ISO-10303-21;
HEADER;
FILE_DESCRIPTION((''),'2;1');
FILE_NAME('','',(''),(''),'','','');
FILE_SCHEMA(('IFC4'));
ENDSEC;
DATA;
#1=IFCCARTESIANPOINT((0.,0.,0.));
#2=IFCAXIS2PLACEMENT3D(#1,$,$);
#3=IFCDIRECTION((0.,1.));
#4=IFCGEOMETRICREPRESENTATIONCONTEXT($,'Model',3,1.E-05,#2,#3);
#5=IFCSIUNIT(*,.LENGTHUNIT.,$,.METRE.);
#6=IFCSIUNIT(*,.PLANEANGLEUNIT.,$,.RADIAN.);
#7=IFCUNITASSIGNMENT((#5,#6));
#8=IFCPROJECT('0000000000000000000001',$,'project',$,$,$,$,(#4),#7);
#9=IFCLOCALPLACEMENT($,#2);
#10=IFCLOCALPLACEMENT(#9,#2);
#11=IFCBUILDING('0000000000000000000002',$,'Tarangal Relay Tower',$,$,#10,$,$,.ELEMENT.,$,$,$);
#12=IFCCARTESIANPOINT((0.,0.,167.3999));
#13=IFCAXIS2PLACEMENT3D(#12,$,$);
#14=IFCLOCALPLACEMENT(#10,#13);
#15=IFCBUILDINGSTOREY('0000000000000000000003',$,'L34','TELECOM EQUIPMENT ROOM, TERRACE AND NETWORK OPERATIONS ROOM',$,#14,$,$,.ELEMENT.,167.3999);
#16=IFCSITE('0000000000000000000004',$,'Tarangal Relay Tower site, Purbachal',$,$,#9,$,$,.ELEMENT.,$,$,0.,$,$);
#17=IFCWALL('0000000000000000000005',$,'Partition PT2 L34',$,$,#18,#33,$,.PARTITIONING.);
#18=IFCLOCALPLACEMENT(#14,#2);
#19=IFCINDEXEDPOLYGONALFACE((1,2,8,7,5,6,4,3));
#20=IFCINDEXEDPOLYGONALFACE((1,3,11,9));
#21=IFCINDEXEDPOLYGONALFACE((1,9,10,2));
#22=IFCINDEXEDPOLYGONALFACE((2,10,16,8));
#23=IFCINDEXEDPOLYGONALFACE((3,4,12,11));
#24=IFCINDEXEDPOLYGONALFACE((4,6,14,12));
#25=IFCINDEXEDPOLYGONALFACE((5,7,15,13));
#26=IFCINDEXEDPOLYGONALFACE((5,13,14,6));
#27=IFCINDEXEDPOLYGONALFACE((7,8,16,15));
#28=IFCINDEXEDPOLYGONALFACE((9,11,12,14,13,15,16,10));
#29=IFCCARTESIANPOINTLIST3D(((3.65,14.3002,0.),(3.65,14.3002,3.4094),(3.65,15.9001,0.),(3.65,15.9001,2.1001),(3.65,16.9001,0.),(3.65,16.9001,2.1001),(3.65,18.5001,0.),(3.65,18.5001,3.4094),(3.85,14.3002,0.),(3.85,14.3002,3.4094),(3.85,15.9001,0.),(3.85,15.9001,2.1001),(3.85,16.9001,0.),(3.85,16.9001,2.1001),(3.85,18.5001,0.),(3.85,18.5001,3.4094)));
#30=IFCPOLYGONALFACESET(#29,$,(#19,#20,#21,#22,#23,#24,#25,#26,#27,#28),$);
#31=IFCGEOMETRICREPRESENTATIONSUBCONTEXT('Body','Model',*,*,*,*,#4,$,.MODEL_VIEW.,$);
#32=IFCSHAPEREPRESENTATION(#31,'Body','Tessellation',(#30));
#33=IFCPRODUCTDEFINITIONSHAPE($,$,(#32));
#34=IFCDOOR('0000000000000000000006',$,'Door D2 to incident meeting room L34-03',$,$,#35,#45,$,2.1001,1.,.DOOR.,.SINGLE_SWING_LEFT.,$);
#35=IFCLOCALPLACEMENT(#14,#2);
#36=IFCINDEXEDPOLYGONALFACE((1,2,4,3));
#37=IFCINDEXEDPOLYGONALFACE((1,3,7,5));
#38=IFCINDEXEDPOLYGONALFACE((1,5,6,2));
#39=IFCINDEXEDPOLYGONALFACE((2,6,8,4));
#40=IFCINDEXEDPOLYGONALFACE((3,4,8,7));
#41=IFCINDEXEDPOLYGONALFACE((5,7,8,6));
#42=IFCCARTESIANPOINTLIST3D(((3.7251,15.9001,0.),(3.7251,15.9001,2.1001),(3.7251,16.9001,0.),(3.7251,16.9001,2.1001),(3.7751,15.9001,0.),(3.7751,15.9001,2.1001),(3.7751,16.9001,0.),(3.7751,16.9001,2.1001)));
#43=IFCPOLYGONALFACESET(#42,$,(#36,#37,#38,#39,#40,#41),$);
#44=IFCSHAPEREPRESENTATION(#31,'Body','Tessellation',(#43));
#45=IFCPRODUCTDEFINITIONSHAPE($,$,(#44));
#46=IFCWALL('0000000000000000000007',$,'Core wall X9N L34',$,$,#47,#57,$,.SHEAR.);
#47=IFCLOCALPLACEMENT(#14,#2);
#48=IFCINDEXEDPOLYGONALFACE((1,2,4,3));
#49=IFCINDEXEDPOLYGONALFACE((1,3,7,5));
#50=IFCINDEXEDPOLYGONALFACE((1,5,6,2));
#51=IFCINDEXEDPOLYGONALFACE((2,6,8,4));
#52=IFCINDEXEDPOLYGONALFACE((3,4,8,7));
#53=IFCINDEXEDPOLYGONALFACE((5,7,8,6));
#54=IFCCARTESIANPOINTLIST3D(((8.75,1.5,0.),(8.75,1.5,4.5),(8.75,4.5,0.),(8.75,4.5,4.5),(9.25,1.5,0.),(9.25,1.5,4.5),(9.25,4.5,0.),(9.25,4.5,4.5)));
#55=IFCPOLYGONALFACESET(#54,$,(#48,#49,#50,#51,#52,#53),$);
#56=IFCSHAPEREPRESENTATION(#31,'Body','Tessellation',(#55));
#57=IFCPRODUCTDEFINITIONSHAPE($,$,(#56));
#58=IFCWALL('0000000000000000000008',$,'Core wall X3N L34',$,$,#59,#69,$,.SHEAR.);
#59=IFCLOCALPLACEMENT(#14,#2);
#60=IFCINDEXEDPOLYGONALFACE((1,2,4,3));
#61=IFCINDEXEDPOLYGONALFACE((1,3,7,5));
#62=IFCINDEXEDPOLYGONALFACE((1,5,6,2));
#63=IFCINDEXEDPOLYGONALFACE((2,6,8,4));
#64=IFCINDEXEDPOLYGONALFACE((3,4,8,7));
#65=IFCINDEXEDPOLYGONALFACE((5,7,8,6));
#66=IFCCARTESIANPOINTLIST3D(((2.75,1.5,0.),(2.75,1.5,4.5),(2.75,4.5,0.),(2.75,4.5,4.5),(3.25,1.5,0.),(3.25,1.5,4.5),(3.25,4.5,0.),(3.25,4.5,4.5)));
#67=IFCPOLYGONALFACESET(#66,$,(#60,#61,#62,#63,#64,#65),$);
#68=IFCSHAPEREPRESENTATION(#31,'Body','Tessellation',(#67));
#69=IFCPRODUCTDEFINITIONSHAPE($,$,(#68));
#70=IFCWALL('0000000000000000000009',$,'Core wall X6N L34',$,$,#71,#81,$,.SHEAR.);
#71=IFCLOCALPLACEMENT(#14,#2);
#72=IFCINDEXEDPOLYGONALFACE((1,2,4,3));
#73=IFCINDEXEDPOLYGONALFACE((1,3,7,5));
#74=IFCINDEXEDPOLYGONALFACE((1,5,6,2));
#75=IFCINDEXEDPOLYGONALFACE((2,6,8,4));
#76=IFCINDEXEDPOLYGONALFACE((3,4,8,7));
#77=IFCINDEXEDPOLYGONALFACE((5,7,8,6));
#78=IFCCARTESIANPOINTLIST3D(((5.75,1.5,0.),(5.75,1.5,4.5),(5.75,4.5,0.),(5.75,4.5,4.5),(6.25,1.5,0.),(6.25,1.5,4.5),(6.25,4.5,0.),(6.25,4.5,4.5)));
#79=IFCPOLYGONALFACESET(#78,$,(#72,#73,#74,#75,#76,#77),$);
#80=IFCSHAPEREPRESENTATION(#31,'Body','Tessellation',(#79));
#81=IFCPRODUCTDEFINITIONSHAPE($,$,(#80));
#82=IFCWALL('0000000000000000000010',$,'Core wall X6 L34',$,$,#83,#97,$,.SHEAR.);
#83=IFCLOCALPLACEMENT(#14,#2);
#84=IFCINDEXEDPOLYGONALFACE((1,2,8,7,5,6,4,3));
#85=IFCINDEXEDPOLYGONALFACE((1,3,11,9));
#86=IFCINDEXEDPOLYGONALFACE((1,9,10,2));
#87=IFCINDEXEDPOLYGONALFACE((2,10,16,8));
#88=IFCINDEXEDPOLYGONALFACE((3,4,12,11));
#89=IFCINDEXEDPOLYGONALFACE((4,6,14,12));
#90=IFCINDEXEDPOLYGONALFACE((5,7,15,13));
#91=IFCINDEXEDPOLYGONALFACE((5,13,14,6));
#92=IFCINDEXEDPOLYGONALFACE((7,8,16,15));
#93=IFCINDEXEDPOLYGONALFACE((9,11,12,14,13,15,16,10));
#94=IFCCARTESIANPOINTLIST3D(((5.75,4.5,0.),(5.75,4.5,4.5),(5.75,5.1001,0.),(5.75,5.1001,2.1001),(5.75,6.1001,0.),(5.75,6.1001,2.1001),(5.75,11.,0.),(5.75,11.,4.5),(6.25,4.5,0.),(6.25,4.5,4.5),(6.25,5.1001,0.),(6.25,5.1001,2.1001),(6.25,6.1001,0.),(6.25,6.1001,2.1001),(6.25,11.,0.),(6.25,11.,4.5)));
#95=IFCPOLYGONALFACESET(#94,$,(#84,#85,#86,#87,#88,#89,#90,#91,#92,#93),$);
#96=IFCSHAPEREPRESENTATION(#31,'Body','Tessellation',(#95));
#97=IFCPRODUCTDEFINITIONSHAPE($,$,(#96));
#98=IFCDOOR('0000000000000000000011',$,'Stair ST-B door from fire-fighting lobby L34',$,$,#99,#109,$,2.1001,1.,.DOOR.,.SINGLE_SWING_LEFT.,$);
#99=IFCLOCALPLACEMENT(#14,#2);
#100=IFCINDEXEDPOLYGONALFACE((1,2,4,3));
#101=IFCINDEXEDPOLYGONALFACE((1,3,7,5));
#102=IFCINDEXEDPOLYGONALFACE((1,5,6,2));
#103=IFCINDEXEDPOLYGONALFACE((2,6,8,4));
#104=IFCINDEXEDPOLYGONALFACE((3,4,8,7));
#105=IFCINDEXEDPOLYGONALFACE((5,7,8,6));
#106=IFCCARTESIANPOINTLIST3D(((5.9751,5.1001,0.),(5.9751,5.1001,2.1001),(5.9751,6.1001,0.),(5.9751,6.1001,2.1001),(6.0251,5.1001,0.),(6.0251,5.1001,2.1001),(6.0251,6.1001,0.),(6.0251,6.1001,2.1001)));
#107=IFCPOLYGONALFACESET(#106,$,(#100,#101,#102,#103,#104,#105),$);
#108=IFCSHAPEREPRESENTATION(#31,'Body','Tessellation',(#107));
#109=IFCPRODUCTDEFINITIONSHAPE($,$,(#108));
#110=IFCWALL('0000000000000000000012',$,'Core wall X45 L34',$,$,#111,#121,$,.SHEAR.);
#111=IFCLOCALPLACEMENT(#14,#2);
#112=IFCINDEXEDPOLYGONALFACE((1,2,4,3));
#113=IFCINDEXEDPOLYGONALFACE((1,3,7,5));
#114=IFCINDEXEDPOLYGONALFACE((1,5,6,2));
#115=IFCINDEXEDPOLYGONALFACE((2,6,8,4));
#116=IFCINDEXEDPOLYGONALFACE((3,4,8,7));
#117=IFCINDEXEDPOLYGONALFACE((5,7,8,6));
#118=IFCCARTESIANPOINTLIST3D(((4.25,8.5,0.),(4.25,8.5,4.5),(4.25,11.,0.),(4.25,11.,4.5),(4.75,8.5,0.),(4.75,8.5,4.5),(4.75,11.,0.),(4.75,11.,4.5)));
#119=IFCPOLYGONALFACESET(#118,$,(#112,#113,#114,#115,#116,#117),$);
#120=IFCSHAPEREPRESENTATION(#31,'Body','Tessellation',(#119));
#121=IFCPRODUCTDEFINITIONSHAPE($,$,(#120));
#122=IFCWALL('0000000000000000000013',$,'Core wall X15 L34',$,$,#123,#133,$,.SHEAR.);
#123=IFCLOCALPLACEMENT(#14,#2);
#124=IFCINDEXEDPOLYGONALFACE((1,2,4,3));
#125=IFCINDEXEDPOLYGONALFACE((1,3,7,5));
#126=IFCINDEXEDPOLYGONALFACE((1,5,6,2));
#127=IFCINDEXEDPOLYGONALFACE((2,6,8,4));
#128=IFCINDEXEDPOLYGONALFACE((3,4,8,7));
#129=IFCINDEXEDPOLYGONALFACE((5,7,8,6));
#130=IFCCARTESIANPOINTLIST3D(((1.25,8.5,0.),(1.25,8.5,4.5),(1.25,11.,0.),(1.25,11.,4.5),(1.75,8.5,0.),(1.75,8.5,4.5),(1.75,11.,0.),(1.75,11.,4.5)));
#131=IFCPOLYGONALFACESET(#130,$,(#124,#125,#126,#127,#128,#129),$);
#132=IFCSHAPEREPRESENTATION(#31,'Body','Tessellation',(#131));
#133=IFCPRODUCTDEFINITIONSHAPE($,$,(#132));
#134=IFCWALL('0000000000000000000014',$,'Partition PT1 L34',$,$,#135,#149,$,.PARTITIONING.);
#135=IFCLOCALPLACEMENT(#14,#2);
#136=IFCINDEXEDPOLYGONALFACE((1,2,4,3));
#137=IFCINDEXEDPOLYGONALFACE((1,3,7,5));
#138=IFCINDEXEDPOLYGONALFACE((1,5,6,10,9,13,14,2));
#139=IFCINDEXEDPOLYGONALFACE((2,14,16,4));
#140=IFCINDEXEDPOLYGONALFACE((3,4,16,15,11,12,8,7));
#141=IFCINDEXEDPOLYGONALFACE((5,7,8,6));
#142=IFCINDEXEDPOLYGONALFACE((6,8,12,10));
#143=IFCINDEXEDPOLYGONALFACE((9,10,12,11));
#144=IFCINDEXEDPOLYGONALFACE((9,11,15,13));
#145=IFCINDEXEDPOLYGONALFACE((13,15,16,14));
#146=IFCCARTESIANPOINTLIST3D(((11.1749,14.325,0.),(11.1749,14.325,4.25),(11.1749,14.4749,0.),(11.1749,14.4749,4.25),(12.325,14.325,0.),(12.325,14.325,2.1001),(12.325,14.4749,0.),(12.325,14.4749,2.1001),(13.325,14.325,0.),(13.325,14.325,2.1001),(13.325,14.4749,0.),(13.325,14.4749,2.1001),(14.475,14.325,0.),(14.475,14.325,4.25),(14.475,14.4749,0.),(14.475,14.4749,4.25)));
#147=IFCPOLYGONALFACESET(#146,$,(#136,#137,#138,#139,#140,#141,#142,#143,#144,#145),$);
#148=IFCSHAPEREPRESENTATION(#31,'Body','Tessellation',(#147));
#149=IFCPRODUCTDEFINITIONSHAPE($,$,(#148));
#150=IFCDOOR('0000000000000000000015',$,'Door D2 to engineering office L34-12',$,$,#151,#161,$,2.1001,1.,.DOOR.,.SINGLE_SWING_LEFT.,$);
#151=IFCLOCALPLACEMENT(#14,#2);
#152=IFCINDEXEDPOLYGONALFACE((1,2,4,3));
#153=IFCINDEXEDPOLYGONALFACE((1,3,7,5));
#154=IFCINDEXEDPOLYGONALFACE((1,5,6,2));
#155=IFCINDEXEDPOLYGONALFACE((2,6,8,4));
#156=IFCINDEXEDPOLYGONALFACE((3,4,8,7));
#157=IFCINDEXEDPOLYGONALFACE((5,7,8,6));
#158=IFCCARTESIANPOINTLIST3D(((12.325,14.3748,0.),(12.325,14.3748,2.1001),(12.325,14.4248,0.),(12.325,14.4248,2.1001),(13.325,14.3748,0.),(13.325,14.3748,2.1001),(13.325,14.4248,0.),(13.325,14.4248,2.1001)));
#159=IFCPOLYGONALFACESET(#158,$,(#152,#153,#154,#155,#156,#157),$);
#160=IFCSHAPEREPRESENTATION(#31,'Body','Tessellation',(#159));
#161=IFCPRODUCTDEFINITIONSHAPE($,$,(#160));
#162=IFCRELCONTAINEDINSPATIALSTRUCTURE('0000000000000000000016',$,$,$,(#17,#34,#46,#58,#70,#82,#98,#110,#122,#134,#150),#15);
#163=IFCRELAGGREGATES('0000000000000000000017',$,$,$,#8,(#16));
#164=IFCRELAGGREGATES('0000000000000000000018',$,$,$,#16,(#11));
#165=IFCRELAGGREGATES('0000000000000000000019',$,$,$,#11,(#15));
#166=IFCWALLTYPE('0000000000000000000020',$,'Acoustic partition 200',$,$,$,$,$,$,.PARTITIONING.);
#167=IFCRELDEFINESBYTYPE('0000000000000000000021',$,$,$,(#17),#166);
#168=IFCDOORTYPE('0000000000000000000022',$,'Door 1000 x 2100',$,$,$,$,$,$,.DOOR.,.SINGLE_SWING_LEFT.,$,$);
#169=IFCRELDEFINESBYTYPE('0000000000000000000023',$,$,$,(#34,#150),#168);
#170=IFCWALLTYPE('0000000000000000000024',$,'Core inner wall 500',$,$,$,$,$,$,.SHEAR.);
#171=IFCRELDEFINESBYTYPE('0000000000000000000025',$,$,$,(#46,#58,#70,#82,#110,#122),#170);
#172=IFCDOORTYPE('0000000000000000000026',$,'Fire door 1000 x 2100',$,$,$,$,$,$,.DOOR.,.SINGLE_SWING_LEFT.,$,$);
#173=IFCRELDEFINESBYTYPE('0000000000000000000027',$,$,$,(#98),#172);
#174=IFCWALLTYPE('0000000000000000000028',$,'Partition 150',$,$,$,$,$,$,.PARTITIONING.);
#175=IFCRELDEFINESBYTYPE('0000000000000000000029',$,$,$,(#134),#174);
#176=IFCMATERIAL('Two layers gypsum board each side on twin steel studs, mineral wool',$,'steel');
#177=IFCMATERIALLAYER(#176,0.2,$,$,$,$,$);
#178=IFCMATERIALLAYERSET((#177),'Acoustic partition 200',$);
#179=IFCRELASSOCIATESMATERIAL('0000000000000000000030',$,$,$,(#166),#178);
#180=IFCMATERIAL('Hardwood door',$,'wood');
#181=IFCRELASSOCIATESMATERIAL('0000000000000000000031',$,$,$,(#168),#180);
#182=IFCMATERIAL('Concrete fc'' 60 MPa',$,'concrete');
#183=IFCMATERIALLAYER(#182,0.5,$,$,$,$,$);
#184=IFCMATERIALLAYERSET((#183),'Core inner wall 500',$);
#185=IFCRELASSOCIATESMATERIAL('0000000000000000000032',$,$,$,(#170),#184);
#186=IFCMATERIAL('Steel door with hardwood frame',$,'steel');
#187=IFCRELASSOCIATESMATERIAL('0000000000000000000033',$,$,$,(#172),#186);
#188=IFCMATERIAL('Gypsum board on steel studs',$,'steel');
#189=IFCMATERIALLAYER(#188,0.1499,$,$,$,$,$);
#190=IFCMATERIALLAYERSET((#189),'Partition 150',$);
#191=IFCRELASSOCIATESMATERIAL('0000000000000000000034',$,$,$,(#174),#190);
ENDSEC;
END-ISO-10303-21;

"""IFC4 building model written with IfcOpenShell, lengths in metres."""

from ifc_helpers import new_model, si_unit, direction, frame, frame_2d, origin, place, context, subcontext, project, spatial, rectangle, extrude, material, layer, layer_set, type_object, element, fill, save


model = new_model("IFC4")

# Units and contexts
model_context = context("Model", 3, precision=1e-05, world=origin(), true_north=direction((0.0, 1.0)))
body_context = subcontext(model_context, "Body", "Model", "MODEL_VIEW")
ifc_project = project(units=[si_unit("LENGTHUNIT", "METRE"), si_unit("PLANEANGLEUNIT", "RADIAN")], contexts=[model_context])

# Site, building, storey
site_placement = place(None, origin())
site = spatial("IfcSite", under=ifc_project, at=site_placement, Name="Tarangal Relay Tower site, Purbachal", CompositionType="ELEMENT", RefElevation=0.0)
building_placement = place(site_placement, origin())
building = spatial("IfcBuilding", under=site, at=building_placement, Name="Tarangal Relay Tower", CompositionType="ELEMENT")
storey_placement = place(building_placement, frame((0.0, 0.0, 167.3999)))
storey = spatial("IfcBuildingStorey", under=building, at=storey_placement, Name="L34", Description="TELECOM EQUIPMENT ROOM, TERRACE AND NETWORK OPERATIONS ROOM", CompositionType="ELEMENT", Elevation=167.3999)

# Shared definitions
ifc_material_1 = material(Name="Two layers gypsum board each side on twin steel studs, mineral wool", Category="steel")
ifc_layer_1 = layer(ifc_material_1, 0.2)
ifc_layer_set_1 = layer_set([ifc_layer_1], Name="Acoustic partition 200")
wall_type_1 = type_object("IfcWallType", Name="Acoustic partition 200", PredefinedType="PARTITIONING", material=ifc_layer_set_1)

# Wall, opening, door
wall_1_placement = place(storey_placement, frame((3.75, 14.3, 0.0), z_axis=(0.0, 0.0, 1.0), x_axis=(0.0, 1.0, 0.0)))
wall_1 = element("IfcWall", 1, at=wall_1_placement, inside=storey, type_object=wall_type_1, Name="Partition PT2 L34", PredefinedType="PARTITIONING", context=body_context, shape_type="SweptSolid", body=[
    extrude(rectangle(XDim=4.2, YDim=0.2, at=frame_2d((2.1001, 0.0))), origin(), (0.0, 0.0, 1.0), 3.4094),
])
opening_1_placement = place(wall_1_placement, frame((1.6001, 0.0, 0.0)))
opening_1 = element("IfcOpeningElement", 2, at=opening_1_placement, cuts=wall_1, PredefinedType="OPENING", context=body_context, shape_type="SweptSolid", body=[
    extrude(rectangle(XDim=1.0, YDim=2.1001, at=frame_2d((0.5, 1.05))), frame((0.0, 0.1099, 0.0), z_axis=(0.0, -1.0, 0.0), x_axis=(1.0, 0.0, 0.0)), (0.0, 0.0, 1.0), 0.22),
])
ifc_material_2 = material(Name="Hardwood door", Category="wood")
door_type_1 = type_object("IfcDoorType", Name="Door 1000 x 2100", OperationType="SINGLE_SWING_LEFT", PredefinedType="DOOR", material=ifc_material_2)
door_1_placement = place(opening_1_placement, origin())
door_1 = element("IfcDoor", 3, at=door_1_placement, inside=storey, type_object=door_type_1, Name="Door D2 to incident meeting room L34-03", OperationType="SINGLE_SWING_LEFT", OverallHeight=2.1001, OverallWidth=1.0, PredefinedType="DOOR", context=body_context, shape_type="SweptSolid", body=[
    extrude(rectangle(XDim=1.0, YDim=2.1001, at=frame_2d((0.5, 1.05))), frame((0.0, 0.0249, 0.0), z_axis=(0.0, -1.0, 0.0), x_axis=(1.0, 0.0, 0.0)), (0.0, 0.0, 1.0), 0.05),
])
fill(opening_1, door_1)

# Walls
ifc_material_3 = material(Name="Concrete fc' 60 MPa", Category="concrete")
ifc_layer_2 = layer(ifc_material_3, 0.5)
ifc_layer_set_2 = layer_set([ifc_layer_2], Name="Core inner wall 500")
wall_type_2 = type_object("IfcWallType", Name="Core inner wall 500", PredefinedType="SHEAR", material=ifc_layer_set_2)
for number, where, z_axis, x_axis, name in (
    (4, (9.0, 1.5, 0.0), (0.0, 0.0, 1.0), (0.0, 1.0, 0.0), "Core wall X9N L34"),
    (5, (3.0, 1.5, 0.0), (0.0, 0.0, 1.0), (0.0, 1.0, 0.0), "Core wall X3N L34"),
    (6, (6.0, 1.5, 0.0), (0.0, 0.0, 1.0), (0.0, 1.0, 0.0), "Core wall X6N L34"),
):
    element("IfcWall", number, at=place(storey_placement, frame(where, z_axis=z_axis, x_axis=x_axis)), inside=storey, type_object=wall_type_2, Name=name, PredefinedType="SHEAR", context=body_context, shape_type="SweptSolid", body=[
        extrude(rectangle(XDim=3.0, YDim=0.5, at=frame_2d((1.5, 0.0))), origin(), (0.0, 0.0, 1.0), 4.5),
    ])

# Wall, opening, door
wall_2_placement = place(storey_placement, frame((6.0, 4.5, 0.0), z_axis=(0.0, 0.0, 1.0), x_axis=(0.0, 1.0, 0.0)))
wall_2 = element("IfcWall", 7, at=wall_2_placement, inside=storey, type_object=wall_type_2, Name="Core wall X6 L34", PredefinedType="SHEAR", context=body_context, shape_type="SweptSolid", body=[
    extrude(rectangle(XDim=6.5, YDim=0.5, at=frame_2d((3.25, 0.0))), origin(), (0.0, 0.0, 1.0), 4.5),
])
opening_2_placement = place(wall_2_placement, frame((0.6001, 0.0, 0.0)))
opening_2 = element("IfcOpeningElement", 8, at=opening_2_placement, cuts=wall_2, PredefinedType="OPENING", context=body_context, shape_type="SweptSolid", body=[
    extrude(rectangle(XDim=1.0, YDim=2.1001, at=frame_2d((0.5, 1.05))), frame((0.0, 0.26, 0.0), z_axis=(0.0, -1.0, 0.0), x_axis=(1.0, 0.0, 0.0)), (0.0, 0.0, 1.0), 0.52),
])
ifc_material_4 = material(Name="Steel door with hardwood frame", Category="steel")
door_type_2 = type_object("IfcDoorType", Name="Fire door 1000 x 2100", OperationType="SINGLE_SWING_LEFT", PredefinedType="DOOR", material=ifc_material_4)
door_2_placement = place(opening_2_placement, origin())
door_2 = element("IfcDoor", 9, at=door_2_placement, inside=storey, type_object=door_type_2, Name="Stair ST-B door from fire-fighting lobby L34", OperationType="SINGLE_SWING_LEFT", OverallHeight=2.1001, OverallWidth=1.0, PredefinedType="DOOR", context=body_context, shape_type="SweptSolid", body=[
    extrude(rectangle(XDim=1.0, YDim=2.1001, at=frame_2d((0.5, 1.05))), frame((0.0, 0.0249, 0.0), z_axis=(0.0, -1.0, 0.0), x_axis=(1.0, 0.0, 0.0)), (0.0, 0.0, 1.0), 0.05),
])
fill(opening_2, door_2)

# Walls
for number, where, z_axis, x_axis, name in (
    (10, (4.5, 8.5, 0.0), (0.0, 0.0, 1.0), (0.0, 1.0, 0.0), "Core wall X45 L34"),
    (11, (1.5, 8.5, 0.0), (0.0, 0.0, 1.0), (0.0, 1.0, 0.0), "Core wall X15 L34"),
):
    element("IfcWall", number, at=place(storey_placement, frame(where, z_axis=z_axis, x_axis=x_axis)), inside=storey, type_object=wall_type_2, Name=name, PredefinedType="SHEAR", context=body_context, shape_type="SweptSolid", body=[
        extrude(rectangle(XDim=2.5, YDim=0.5, at=frame_2d((1.25, 0.0))), origin(), (0.0, 0.0, 1.0), 4.5),
    ])

# Wall, opening, door
ifc_material_5 = material(Name="Gypsum board on steel studs", Category="steel")
ifc_layer_3 = layer(ifc_material_5, 0.1499)
ifc_layer_set_3 = layer_set([ifc_layer_3], Name="Partition 150")
wall_type_3 = type_object("IfcWallType", Name="Partition 150", PredefinedType="PARTITIONING", material=ifc_layer_set_3)
wall_3_placement = place(storey_placement, frame((11.175, 14.3999, 0.0), z_axis=(0.0, 0.0, 1.0), x_axis=(1.0, 0.0, 0.0)))
wall_3 = element("IfcWall", 12, at=wall_3_placement, inside=storey, type_object=wall_type_3, Name="Partition PT1 L34", PredefinedType="PARTITIONING", context=body_context, shape_type="SweptSolid", body=[
    extrude(rectangle(XDim=3.3, YDim=0.1499, at=frame_2d((1.6499, 0.0))), origin(), (0.0, 0.0, 1.0), 4.25),
])
opening_3_placement = place(wall_3_placement, frame((1.1499, 0.0, 0.0)))
opening_3 = element("IfcOpeningElement", 13, at=opening_3_placement, cuts=wall_3, PredefinedType="OPENING", context=body_context, shape_type="SweptSolid", body=[
    extrude(rectangle(XDim=1.0, YDim=2.1001, at=frame_2d((0.5, 1.05))), frame((0.0, 0.085, 0.0), z_axis=(0.0, -1.0, 0.0), x_axis=(1.0, 0.0, 0.0)), (0.0, 0.0, 1.0), 0.1699),
])
door_3_placement = place(opening_3_placement, origin())
door_3 = element("IfcDoor", 14, at=door_3_placement, inside=storey, type_object=door_type_1, Name="Door D2 to engineering office L34-12", OperationType="SINGLE_SWING_LEFT", OverallHeight=2.1001, OverallWidth=1.0, PredefinedType="DOOR", context=body_context, shape_type="SweptSolid", body=[
    extrude(rectangle(XDim=1.0, YDim=2.1001, at=frame_2d((0.5, 1.05))), frame((0.0, 0.0249, 0.0), z_axis=(0.0, -1.0, 0.0), x_axis=(1.0, 0.0, 0.0)), (0.0, 0.0, 1.0), 0.05),
])
fill(opening_3, door_3)

save(model, "model.ifc")
